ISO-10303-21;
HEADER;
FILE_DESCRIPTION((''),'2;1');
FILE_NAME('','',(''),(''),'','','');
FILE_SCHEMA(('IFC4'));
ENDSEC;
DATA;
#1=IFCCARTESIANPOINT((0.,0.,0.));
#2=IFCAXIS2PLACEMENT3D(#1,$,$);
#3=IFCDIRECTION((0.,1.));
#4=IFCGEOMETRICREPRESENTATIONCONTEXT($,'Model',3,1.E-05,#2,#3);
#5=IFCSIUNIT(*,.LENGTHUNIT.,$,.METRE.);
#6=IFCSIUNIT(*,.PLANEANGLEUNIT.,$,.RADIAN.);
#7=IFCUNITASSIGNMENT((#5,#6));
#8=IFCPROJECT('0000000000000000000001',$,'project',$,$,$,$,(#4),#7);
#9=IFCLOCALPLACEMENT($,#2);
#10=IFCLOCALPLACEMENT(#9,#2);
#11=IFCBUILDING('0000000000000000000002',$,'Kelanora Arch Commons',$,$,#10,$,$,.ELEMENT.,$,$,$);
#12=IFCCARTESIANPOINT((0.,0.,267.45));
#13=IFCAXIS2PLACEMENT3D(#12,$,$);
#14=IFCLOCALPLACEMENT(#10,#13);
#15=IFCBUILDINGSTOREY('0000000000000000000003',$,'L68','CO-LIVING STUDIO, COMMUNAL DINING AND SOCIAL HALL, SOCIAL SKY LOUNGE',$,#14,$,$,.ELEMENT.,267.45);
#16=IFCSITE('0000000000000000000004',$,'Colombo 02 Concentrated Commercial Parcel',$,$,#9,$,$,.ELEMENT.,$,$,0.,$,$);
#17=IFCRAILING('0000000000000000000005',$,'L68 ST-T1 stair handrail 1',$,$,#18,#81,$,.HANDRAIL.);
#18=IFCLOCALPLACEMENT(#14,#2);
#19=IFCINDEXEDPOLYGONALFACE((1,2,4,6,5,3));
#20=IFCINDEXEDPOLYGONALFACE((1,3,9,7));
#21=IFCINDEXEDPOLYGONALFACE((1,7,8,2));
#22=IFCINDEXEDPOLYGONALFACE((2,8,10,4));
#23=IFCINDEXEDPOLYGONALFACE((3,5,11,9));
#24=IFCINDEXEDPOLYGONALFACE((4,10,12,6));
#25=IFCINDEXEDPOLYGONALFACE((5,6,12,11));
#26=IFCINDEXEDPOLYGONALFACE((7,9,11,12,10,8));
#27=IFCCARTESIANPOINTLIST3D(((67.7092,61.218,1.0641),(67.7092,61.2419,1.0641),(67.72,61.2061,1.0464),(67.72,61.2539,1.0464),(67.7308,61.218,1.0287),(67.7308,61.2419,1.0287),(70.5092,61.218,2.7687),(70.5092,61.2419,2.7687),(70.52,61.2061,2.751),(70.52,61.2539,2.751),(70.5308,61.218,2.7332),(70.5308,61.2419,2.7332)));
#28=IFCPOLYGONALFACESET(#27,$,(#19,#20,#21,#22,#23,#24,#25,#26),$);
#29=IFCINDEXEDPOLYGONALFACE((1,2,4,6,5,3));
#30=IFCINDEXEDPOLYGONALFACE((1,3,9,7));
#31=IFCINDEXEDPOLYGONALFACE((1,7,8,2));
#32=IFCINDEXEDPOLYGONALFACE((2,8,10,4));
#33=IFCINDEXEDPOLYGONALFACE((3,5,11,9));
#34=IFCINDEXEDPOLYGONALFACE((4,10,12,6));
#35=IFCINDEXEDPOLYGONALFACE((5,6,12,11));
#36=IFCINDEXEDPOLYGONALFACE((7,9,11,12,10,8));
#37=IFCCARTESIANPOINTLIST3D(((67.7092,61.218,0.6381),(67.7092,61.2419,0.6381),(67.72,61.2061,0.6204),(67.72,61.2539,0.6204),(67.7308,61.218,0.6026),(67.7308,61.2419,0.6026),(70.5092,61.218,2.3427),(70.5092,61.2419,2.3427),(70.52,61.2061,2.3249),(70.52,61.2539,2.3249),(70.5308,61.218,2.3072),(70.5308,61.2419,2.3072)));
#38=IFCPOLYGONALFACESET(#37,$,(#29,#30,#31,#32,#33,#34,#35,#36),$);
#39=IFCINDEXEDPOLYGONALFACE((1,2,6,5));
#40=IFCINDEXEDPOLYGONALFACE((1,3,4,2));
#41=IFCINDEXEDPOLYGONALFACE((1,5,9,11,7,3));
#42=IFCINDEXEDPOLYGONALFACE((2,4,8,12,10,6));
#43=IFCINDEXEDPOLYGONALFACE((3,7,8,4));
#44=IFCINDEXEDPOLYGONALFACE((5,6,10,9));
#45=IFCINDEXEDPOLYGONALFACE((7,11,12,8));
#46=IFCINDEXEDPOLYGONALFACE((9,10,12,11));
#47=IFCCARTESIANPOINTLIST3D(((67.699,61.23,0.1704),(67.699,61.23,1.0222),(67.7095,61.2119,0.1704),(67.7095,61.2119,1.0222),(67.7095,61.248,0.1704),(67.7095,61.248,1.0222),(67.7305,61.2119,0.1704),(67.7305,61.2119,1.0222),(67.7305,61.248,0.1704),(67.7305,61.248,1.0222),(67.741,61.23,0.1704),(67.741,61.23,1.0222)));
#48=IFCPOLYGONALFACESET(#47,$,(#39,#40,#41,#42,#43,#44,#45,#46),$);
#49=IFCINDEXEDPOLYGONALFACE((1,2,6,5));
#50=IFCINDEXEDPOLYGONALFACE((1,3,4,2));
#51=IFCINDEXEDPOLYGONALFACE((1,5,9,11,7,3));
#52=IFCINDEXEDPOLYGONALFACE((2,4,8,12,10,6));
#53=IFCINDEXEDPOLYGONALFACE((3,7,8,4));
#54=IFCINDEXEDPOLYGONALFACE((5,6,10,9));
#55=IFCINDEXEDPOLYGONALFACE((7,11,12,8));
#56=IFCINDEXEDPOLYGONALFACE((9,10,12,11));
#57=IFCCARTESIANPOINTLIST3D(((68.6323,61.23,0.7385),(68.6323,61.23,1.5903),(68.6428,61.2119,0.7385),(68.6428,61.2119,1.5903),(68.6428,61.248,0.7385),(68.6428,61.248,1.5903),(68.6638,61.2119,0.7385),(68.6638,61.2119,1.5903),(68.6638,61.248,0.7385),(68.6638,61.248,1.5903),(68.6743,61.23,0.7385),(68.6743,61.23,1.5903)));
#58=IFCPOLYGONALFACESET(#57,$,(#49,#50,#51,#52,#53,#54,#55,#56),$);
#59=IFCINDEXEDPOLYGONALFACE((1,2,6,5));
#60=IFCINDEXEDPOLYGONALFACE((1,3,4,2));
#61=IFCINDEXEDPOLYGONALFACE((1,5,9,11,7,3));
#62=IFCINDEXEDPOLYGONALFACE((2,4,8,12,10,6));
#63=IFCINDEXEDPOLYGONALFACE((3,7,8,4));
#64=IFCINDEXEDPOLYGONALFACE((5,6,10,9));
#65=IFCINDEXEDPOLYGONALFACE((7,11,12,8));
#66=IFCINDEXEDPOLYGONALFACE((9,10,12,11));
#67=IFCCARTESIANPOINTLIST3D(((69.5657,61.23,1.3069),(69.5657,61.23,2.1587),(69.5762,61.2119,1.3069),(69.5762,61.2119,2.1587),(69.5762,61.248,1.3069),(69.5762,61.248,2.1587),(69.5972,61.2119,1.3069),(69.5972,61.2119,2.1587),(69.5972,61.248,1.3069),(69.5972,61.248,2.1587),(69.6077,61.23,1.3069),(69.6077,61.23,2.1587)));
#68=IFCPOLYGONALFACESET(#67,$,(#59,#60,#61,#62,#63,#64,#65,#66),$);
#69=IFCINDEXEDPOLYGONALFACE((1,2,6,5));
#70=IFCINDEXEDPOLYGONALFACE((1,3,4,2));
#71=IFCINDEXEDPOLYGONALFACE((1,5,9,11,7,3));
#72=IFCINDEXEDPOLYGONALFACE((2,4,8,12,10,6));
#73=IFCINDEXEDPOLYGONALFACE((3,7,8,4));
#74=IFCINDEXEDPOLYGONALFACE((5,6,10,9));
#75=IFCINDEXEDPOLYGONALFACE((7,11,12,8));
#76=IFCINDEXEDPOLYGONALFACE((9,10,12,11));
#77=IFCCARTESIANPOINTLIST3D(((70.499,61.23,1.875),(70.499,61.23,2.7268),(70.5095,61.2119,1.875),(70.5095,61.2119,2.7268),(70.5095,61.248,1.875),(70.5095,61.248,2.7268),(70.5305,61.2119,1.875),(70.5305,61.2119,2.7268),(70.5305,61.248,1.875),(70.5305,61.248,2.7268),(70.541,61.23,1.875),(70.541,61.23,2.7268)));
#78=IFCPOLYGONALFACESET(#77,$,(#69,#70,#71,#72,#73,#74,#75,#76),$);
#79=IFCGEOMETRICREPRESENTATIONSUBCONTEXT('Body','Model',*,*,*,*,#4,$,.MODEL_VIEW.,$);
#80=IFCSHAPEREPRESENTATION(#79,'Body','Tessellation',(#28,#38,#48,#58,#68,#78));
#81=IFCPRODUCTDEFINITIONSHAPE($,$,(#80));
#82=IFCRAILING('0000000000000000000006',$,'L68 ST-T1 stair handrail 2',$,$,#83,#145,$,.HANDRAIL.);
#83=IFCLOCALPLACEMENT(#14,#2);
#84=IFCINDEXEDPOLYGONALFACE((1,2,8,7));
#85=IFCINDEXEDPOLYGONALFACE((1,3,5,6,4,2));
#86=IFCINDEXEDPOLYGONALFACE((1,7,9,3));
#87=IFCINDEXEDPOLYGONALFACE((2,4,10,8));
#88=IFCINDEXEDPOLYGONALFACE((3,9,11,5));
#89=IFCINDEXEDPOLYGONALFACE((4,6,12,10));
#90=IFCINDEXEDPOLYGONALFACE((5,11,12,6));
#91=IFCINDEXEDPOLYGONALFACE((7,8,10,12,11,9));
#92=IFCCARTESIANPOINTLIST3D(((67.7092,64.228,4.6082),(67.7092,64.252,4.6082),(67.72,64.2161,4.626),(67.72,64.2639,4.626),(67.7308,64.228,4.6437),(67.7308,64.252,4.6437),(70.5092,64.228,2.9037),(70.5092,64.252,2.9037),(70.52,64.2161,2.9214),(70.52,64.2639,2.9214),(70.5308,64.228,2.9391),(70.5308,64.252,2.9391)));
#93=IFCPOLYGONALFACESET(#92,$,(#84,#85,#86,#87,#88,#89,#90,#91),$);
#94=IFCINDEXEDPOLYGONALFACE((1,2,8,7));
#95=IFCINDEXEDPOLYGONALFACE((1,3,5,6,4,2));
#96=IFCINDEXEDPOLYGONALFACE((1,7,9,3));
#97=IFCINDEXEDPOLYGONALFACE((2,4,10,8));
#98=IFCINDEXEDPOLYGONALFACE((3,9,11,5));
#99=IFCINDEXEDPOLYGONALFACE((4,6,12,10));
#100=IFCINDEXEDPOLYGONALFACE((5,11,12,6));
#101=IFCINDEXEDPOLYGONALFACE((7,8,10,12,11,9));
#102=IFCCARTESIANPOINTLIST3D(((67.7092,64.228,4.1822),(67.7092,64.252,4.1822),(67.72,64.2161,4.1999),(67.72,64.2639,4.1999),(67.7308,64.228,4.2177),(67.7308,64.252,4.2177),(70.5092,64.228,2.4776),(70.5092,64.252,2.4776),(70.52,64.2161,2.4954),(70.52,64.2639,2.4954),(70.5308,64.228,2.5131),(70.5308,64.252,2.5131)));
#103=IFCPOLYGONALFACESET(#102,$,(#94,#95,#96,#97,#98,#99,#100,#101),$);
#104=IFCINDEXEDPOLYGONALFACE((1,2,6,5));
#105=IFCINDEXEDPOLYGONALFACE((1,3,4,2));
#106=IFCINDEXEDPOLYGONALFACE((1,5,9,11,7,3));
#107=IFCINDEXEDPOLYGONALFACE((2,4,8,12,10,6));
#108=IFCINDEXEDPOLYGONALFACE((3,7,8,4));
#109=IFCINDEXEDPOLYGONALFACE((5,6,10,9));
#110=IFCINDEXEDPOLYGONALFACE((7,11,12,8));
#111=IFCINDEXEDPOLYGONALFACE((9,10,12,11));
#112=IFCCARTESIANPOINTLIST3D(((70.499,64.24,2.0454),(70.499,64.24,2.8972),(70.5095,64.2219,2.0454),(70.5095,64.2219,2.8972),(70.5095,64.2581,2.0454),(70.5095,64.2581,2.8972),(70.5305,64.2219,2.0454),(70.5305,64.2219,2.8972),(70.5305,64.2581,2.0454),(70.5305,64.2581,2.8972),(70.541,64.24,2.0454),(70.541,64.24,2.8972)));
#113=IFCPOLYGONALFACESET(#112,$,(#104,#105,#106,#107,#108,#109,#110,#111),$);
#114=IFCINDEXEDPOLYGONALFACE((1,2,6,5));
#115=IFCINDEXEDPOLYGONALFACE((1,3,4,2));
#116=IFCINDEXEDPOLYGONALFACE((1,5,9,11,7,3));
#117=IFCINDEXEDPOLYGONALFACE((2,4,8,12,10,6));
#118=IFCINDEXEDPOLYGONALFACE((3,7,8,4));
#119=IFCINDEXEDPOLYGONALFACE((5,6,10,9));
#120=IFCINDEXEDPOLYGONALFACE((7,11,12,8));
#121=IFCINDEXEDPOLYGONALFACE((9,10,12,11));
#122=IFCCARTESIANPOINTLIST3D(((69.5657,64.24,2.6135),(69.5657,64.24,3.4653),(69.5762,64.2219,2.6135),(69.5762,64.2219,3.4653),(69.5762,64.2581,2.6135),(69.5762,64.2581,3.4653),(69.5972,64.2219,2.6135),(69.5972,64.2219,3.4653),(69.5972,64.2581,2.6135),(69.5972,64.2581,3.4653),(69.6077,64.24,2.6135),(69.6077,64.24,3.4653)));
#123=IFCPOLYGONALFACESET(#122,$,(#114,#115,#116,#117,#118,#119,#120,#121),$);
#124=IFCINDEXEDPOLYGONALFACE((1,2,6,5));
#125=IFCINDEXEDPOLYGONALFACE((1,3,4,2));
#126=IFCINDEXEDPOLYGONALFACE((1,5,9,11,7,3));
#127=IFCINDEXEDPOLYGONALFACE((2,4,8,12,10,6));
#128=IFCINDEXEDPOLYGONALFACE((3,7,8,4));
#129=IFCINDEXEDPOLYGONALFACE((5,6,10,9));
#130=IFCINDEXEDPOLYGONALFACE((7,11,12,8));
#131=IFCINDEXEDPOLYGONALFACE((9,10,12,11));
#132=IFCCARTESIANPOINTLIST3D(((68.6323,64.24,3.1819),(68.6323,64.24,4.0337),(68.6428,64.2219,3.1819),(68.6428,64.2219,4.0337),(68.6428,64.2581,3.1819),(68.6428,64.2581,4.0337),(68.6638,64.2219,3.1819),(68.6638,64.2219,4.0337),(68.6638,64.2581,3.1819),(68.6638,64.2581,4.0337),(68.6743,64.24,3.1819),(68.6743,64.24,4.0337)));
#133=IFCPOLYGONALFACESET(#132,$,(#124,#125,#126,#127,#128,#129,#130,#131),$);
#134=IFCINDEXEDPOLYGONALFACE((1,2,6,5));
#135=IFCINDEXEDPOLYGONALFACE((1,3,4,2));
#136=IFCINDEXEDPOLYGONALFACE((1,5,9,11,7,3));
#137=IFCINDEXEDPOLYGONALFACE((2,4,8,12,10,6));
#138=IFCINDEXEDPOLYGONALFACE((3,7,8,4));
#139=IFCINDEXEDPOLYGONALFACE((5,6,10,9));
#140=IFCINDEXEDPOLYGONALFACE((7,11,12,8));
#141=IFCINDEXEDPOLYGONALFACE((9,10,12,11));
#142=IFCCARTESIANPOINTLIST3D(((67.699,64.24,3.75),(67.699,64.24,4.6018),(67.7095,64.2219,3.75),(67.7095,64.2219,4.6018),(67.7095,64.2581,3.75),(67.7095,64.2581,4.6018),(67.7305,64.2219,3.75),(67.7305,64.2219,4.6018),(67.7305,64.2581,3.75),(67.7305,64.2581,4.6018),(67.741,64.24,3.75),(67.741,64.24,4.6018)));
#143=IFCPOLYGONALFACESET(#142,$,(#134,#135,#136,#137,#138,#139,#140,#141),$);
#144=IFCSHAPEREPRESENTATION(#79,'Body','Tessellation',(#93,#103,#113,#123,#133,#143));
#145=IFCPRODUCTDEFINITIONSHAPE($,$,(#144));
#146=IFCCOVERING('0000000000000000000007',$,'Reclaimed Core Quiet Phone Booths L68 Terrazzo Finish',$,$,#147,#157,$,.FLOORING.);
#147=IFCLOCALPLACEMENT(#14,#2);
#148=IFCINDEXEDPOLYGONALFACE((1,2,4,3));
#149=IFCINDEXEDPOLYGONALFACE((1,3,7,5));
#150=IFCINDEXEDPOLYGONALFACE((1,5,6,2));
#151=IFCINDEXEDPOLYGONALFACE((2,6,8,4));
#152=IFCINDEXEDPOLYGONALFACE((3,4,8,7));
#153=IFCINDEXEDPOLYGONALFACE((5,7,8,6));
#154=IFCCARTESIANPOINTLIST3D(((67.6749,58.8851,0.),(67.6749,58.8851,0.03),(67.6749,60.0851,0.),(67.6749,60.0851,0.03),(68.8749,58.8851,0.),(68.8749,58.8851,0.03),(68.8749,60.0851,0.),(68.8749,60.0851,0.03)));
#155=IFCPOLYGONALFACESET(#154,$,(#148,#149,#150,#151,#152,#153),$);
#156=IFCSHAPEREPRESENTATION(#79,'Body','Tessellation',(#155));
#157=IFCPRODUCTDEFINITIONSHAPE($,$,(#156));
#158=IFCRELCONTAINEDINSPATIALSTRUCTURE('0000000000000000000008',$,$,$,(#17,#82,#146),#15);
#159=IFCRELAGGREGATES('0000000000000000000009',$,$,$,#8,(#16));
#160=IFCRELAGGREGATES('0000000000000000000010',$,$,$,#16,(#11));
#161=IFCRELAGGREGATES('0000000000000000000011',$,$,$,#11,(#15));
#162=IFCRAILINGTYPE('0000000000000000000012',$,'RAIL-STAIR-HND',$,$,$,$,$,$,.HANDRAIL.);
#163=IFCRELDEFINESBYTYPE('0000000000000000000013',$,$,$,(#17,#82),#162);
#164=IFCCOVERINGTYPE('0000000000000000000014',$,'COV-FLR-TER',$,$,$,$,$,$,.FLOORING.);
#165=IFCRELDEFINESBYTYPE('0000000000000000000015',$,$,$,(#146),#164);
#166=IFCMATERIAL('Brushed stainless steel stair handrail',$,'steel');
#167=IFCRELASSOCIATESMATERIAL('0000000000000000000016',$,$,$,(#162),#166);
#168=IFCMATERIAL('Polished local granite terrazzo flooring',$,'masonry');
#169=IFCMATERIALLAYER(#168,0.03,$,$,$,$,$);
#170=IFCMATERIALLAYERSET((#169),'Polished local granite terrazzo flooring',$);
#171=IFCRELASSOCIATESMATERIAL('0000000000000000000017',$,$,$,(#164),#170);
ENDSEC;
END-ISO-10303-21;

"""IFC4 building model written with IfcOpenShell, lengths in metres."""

from ifc_helpers import new_model, si_unit, direction, frame, origin, origin_2d, place, context, subcontext, project, spatial, polyline, rectangle, outline, extrude, source, transform, mapped, material, layer, layer_set, type_object, element, save


model = new_model("IFC4")

# Units and contexts
model_context = context("Model", 3, precision=1e-05, world=origin(), true_north=direction((0.0, 1.0)))
body_context = subcontext(model_context, "Body", "Model", "MODEL_VIEW")
ifc_project = project(units=[si_unit("LENGTHUNIT", "METRE"), si_unit("PLANEANGLEUNIT", "RADIAN")], contexts=[model_context])

# Site, building, storey
site_placement = place(None, origin())
site = spatial("IfcSite", under=ifc_project, at=site_placement, Name="Colombo 02 Concentrated Commercial Parcel", CompositionType="ELEMENT", RefElevation=0.0)
building_placement = place(site_placement, origin())
building = spatial("IfcBuilding", under=site, at=building_placement, Name="Kelanora Arch Commons", CompositionType="ELEMENT")
storey_placement = place(building_placement, frame((0.0, 0.0, 267.45)))
storey = spatial("IfcBuildingStorey", under=building, at=storey_placement, Name="L68", Description="CO-LIVING STUDIO, COMMUNAL DINING AND SOCIAL HALL, SOCIAL SKY LOUNGE", CompositionType="ELEMENT", Elevation=267.45)

# Railings
ifc_material_1 = material(Name="Brushed stainless steel stair handrail", Category="steel")
railing_type_1 = type_object("IfcRailingType", Name="RAIL-STAIR-HND", PredefinedType="HANDRAIL", material=ifc_material_1)
railing_1_placement = place(storey_placement, frame((67.72, 61.23, 0.1704)))
element("IfcRailing", 1, at=railing_1_placement, inside=storey, type_object=railing_type_1, Name="L68 ST-T1 stair handrail 1", PredefinedType="HANDRAIL", context=body_context, shape_type="SweptSolid", body=[
    extrude(outline(polyline([(0.0239, 0.0), (0.012, 0.0208), (-0.012, 0.0208), (-0.0239, 0.0), (-0.012, -0.0208), (0.012, -0.0208), (0.0239, 0.0)])), frame((0.0, 0.0, 0.876), z_axis=(0.85417, 0.0, 0.519994), x_axis=(0.0, 1.0, 0.0)), (0.0, 0.0, 1.0), 3.2781),
    extrude(outline(polyline([(0.0239, 0.0), (0.012, 0.0208), (-0.012, 0.0208), (-0.0239, 0.0), (-0.012, -0.0208), (0.012, -0.0208), (0.0239, 0.0)])), frame((0.0, 0.0, 0.45), z_axis=(0.85417, 0.0, 0.519994), x_axis=(0.0, 1.0, 0.0)), (0.0, 0.0, 1.0), 3.2781),
    extrude(outline(polyline([(0.021, 0.0), (0.0105, 0.0181), (-0.0105, 0.0181), (-0.021, 0.0), (-0.0105, -0.0181), (0.0105, -0.0181), (0.021, 0.0)])), origin(), (0.0, 0.0, 1.0), 0.8518),
    extrude(outline(polyline([(0.021, 0.0), (0.0105, 0.0181), (-0.0105, 0.0181), (-0.021, 0.0), (-0.0105, -0.0181), (0.0105, -0.0181), (0.021, 0.0)])), frame((0.9333, 0.0, 0.5681)), (0.0, 0.0, 1.0), 0.8518),
    extrude(outline(polyline([(0.021, 0.0), (0.0105, 0.0181), (-0.0105, 0.0181), (-0.021, 0.0), (-0.0105, -0.0181), (0.0105, -0.0181), (0.021, 0.0)])), frame((1.8667, 0.0, 1.1365)), (0.0, 0.0, 1.0), 0.8518),
    extrude(outline(polyline([(0.021, 0.0), (0.0105, 0.0181), (-0.0105, 0.0181), (-0.021, 0.0), (-0.0105, -0.0181), (0.0105, -0.0181), (0.021, 0.0)])), frame((2.8, 0.0, 1.7046)), (0.0, 0.0, 1.0), 0.8518),
])
railing_2_placement = place(storey_placement, frame((70.52, 64.24, 2.0454)))
element("IfcRailing", 2, at=railing_2_placement, inside=storey, type_object=railing_type_1, Name="L68 ST-T1 stair handrail 2", PredefinedType="HANDRAIL", context=body_context, shape_type="SweptSolid", body=[
    extrude(outline(polyline([(0.0239, 0.0), (0.012, 0.0208), (-0.012, 0.0208), (-0.0239, 0.0), (-0.012, -0.0208), (0.012, -0.0208), (0.0239, 0.0)])), frame((0.0, 0.0, 0.876), z_axis=(-0.85417, 0.0, 0.519994), x_axis=(0.0, -1.0, 0.0)), (0.0, 0.0, 1.0), 3.2781),
    extrude(outline(polyline([(0.0239, 0.0), (0.012, 0.0208), (-0.012, 0.0208), (-0.0239, 0.0), (-0.012, -0.0208), (0.012, -0.0208), (0.0239, 0.0)])), frame((0.0, 0.0, 0.45), z_axis=(-0.85417, 0.0, 0.519994), x_axis=(0.0, -1.0, 0.0)), (0.0, 0.0, 1.0), 3.2781),
    extrude(outline(polyline([(0.021, 0.0), (0.0105, 0.0181), (-0.0105, 0.0181), (-0.021, 0.0), (-0.0105, -0.0181), (0.0105, -0.0181), (0.021, 0.0)])), origin(), (0.0, 0.0, 1.0), 0.8518),
    extrude(outline(polyline([(0.021, 0.0), (0.0105, 0.0181), (-0.0105, 0.0181), (-0.021, 0.0), (-0.0105, -0.0181), (0.0105, -0.0181), (0.021, 0.0)])), frame((-0.9333, 0.0, 0.5681)), (0.0, 0.0, 1.0), 0.8518),
    extrude(outline(polyline([(0.021, 0.0), (0.0105, 0.0181), (-0.0105, 0.0181), (-0.021, 0.0), (-0.0105, -0.0181), (0.0105, -0.0181), (0.021, 0.0)])), frame((-1.8667, 0.0, 1.1365)), (0.0, 0.0, 1.0), 0.8518),
    extrude(outline(polyline([(0.021, 0.0), (0.0105, 0.0181), (-0.0105, 0.0181), (-0.021, 0.0), (-0.0105, -0.0181), (0.0105, -0.0181), (0.021, 0.0)])), frame((-2.8, 0.0, 1.7046)), (0.0, 0.0, 1.0), 0.8518),
])

# Covering
ifc_material_2 = material(Name="Polished local granite terrazzo flooring", Category="masonry")
ifc_layer_1 = layer(ifc_material_2, 0.03)
ifc_layer_set_1 = layer_set([ifc_layer_1], Name="Polished local granite terrazzo flooring")
covering_type = type_object("IfcCoveringType", Name="COV-FLR-TER", PredefinedType="FLOORING", material=ifc_layer_set_1)
shared_shape = source(origin(), body_context, "Body", "SweptSolid", [
    extrude(rectangle(XDim=1.2, YDim=1.2, at=origin_2d()), origin(), (0.0, 0.0, 1.0), 0.03),
])
covering_placement = place(storey_placement, frame((68.2749, 59.4851, 0.0), z_axis=(0.0, 0.0, 1.0), x_axis=(1.0, 0.0, 0.0)))
element("IfcCovering", 3, at=covering_placement, inside=storey, type_object=covering_type, Name="Reclaimed Core Quiet Phone Booths L68 Terrazzo Finish", PredefinedType="FLOORING", context=body_context, shape_type="MappedRepresentation", body=[
    mapped(shared_shape, transform((0.0, 0.0, 0.0), scale=1.0)),
])

save(model, "model.ifc")
